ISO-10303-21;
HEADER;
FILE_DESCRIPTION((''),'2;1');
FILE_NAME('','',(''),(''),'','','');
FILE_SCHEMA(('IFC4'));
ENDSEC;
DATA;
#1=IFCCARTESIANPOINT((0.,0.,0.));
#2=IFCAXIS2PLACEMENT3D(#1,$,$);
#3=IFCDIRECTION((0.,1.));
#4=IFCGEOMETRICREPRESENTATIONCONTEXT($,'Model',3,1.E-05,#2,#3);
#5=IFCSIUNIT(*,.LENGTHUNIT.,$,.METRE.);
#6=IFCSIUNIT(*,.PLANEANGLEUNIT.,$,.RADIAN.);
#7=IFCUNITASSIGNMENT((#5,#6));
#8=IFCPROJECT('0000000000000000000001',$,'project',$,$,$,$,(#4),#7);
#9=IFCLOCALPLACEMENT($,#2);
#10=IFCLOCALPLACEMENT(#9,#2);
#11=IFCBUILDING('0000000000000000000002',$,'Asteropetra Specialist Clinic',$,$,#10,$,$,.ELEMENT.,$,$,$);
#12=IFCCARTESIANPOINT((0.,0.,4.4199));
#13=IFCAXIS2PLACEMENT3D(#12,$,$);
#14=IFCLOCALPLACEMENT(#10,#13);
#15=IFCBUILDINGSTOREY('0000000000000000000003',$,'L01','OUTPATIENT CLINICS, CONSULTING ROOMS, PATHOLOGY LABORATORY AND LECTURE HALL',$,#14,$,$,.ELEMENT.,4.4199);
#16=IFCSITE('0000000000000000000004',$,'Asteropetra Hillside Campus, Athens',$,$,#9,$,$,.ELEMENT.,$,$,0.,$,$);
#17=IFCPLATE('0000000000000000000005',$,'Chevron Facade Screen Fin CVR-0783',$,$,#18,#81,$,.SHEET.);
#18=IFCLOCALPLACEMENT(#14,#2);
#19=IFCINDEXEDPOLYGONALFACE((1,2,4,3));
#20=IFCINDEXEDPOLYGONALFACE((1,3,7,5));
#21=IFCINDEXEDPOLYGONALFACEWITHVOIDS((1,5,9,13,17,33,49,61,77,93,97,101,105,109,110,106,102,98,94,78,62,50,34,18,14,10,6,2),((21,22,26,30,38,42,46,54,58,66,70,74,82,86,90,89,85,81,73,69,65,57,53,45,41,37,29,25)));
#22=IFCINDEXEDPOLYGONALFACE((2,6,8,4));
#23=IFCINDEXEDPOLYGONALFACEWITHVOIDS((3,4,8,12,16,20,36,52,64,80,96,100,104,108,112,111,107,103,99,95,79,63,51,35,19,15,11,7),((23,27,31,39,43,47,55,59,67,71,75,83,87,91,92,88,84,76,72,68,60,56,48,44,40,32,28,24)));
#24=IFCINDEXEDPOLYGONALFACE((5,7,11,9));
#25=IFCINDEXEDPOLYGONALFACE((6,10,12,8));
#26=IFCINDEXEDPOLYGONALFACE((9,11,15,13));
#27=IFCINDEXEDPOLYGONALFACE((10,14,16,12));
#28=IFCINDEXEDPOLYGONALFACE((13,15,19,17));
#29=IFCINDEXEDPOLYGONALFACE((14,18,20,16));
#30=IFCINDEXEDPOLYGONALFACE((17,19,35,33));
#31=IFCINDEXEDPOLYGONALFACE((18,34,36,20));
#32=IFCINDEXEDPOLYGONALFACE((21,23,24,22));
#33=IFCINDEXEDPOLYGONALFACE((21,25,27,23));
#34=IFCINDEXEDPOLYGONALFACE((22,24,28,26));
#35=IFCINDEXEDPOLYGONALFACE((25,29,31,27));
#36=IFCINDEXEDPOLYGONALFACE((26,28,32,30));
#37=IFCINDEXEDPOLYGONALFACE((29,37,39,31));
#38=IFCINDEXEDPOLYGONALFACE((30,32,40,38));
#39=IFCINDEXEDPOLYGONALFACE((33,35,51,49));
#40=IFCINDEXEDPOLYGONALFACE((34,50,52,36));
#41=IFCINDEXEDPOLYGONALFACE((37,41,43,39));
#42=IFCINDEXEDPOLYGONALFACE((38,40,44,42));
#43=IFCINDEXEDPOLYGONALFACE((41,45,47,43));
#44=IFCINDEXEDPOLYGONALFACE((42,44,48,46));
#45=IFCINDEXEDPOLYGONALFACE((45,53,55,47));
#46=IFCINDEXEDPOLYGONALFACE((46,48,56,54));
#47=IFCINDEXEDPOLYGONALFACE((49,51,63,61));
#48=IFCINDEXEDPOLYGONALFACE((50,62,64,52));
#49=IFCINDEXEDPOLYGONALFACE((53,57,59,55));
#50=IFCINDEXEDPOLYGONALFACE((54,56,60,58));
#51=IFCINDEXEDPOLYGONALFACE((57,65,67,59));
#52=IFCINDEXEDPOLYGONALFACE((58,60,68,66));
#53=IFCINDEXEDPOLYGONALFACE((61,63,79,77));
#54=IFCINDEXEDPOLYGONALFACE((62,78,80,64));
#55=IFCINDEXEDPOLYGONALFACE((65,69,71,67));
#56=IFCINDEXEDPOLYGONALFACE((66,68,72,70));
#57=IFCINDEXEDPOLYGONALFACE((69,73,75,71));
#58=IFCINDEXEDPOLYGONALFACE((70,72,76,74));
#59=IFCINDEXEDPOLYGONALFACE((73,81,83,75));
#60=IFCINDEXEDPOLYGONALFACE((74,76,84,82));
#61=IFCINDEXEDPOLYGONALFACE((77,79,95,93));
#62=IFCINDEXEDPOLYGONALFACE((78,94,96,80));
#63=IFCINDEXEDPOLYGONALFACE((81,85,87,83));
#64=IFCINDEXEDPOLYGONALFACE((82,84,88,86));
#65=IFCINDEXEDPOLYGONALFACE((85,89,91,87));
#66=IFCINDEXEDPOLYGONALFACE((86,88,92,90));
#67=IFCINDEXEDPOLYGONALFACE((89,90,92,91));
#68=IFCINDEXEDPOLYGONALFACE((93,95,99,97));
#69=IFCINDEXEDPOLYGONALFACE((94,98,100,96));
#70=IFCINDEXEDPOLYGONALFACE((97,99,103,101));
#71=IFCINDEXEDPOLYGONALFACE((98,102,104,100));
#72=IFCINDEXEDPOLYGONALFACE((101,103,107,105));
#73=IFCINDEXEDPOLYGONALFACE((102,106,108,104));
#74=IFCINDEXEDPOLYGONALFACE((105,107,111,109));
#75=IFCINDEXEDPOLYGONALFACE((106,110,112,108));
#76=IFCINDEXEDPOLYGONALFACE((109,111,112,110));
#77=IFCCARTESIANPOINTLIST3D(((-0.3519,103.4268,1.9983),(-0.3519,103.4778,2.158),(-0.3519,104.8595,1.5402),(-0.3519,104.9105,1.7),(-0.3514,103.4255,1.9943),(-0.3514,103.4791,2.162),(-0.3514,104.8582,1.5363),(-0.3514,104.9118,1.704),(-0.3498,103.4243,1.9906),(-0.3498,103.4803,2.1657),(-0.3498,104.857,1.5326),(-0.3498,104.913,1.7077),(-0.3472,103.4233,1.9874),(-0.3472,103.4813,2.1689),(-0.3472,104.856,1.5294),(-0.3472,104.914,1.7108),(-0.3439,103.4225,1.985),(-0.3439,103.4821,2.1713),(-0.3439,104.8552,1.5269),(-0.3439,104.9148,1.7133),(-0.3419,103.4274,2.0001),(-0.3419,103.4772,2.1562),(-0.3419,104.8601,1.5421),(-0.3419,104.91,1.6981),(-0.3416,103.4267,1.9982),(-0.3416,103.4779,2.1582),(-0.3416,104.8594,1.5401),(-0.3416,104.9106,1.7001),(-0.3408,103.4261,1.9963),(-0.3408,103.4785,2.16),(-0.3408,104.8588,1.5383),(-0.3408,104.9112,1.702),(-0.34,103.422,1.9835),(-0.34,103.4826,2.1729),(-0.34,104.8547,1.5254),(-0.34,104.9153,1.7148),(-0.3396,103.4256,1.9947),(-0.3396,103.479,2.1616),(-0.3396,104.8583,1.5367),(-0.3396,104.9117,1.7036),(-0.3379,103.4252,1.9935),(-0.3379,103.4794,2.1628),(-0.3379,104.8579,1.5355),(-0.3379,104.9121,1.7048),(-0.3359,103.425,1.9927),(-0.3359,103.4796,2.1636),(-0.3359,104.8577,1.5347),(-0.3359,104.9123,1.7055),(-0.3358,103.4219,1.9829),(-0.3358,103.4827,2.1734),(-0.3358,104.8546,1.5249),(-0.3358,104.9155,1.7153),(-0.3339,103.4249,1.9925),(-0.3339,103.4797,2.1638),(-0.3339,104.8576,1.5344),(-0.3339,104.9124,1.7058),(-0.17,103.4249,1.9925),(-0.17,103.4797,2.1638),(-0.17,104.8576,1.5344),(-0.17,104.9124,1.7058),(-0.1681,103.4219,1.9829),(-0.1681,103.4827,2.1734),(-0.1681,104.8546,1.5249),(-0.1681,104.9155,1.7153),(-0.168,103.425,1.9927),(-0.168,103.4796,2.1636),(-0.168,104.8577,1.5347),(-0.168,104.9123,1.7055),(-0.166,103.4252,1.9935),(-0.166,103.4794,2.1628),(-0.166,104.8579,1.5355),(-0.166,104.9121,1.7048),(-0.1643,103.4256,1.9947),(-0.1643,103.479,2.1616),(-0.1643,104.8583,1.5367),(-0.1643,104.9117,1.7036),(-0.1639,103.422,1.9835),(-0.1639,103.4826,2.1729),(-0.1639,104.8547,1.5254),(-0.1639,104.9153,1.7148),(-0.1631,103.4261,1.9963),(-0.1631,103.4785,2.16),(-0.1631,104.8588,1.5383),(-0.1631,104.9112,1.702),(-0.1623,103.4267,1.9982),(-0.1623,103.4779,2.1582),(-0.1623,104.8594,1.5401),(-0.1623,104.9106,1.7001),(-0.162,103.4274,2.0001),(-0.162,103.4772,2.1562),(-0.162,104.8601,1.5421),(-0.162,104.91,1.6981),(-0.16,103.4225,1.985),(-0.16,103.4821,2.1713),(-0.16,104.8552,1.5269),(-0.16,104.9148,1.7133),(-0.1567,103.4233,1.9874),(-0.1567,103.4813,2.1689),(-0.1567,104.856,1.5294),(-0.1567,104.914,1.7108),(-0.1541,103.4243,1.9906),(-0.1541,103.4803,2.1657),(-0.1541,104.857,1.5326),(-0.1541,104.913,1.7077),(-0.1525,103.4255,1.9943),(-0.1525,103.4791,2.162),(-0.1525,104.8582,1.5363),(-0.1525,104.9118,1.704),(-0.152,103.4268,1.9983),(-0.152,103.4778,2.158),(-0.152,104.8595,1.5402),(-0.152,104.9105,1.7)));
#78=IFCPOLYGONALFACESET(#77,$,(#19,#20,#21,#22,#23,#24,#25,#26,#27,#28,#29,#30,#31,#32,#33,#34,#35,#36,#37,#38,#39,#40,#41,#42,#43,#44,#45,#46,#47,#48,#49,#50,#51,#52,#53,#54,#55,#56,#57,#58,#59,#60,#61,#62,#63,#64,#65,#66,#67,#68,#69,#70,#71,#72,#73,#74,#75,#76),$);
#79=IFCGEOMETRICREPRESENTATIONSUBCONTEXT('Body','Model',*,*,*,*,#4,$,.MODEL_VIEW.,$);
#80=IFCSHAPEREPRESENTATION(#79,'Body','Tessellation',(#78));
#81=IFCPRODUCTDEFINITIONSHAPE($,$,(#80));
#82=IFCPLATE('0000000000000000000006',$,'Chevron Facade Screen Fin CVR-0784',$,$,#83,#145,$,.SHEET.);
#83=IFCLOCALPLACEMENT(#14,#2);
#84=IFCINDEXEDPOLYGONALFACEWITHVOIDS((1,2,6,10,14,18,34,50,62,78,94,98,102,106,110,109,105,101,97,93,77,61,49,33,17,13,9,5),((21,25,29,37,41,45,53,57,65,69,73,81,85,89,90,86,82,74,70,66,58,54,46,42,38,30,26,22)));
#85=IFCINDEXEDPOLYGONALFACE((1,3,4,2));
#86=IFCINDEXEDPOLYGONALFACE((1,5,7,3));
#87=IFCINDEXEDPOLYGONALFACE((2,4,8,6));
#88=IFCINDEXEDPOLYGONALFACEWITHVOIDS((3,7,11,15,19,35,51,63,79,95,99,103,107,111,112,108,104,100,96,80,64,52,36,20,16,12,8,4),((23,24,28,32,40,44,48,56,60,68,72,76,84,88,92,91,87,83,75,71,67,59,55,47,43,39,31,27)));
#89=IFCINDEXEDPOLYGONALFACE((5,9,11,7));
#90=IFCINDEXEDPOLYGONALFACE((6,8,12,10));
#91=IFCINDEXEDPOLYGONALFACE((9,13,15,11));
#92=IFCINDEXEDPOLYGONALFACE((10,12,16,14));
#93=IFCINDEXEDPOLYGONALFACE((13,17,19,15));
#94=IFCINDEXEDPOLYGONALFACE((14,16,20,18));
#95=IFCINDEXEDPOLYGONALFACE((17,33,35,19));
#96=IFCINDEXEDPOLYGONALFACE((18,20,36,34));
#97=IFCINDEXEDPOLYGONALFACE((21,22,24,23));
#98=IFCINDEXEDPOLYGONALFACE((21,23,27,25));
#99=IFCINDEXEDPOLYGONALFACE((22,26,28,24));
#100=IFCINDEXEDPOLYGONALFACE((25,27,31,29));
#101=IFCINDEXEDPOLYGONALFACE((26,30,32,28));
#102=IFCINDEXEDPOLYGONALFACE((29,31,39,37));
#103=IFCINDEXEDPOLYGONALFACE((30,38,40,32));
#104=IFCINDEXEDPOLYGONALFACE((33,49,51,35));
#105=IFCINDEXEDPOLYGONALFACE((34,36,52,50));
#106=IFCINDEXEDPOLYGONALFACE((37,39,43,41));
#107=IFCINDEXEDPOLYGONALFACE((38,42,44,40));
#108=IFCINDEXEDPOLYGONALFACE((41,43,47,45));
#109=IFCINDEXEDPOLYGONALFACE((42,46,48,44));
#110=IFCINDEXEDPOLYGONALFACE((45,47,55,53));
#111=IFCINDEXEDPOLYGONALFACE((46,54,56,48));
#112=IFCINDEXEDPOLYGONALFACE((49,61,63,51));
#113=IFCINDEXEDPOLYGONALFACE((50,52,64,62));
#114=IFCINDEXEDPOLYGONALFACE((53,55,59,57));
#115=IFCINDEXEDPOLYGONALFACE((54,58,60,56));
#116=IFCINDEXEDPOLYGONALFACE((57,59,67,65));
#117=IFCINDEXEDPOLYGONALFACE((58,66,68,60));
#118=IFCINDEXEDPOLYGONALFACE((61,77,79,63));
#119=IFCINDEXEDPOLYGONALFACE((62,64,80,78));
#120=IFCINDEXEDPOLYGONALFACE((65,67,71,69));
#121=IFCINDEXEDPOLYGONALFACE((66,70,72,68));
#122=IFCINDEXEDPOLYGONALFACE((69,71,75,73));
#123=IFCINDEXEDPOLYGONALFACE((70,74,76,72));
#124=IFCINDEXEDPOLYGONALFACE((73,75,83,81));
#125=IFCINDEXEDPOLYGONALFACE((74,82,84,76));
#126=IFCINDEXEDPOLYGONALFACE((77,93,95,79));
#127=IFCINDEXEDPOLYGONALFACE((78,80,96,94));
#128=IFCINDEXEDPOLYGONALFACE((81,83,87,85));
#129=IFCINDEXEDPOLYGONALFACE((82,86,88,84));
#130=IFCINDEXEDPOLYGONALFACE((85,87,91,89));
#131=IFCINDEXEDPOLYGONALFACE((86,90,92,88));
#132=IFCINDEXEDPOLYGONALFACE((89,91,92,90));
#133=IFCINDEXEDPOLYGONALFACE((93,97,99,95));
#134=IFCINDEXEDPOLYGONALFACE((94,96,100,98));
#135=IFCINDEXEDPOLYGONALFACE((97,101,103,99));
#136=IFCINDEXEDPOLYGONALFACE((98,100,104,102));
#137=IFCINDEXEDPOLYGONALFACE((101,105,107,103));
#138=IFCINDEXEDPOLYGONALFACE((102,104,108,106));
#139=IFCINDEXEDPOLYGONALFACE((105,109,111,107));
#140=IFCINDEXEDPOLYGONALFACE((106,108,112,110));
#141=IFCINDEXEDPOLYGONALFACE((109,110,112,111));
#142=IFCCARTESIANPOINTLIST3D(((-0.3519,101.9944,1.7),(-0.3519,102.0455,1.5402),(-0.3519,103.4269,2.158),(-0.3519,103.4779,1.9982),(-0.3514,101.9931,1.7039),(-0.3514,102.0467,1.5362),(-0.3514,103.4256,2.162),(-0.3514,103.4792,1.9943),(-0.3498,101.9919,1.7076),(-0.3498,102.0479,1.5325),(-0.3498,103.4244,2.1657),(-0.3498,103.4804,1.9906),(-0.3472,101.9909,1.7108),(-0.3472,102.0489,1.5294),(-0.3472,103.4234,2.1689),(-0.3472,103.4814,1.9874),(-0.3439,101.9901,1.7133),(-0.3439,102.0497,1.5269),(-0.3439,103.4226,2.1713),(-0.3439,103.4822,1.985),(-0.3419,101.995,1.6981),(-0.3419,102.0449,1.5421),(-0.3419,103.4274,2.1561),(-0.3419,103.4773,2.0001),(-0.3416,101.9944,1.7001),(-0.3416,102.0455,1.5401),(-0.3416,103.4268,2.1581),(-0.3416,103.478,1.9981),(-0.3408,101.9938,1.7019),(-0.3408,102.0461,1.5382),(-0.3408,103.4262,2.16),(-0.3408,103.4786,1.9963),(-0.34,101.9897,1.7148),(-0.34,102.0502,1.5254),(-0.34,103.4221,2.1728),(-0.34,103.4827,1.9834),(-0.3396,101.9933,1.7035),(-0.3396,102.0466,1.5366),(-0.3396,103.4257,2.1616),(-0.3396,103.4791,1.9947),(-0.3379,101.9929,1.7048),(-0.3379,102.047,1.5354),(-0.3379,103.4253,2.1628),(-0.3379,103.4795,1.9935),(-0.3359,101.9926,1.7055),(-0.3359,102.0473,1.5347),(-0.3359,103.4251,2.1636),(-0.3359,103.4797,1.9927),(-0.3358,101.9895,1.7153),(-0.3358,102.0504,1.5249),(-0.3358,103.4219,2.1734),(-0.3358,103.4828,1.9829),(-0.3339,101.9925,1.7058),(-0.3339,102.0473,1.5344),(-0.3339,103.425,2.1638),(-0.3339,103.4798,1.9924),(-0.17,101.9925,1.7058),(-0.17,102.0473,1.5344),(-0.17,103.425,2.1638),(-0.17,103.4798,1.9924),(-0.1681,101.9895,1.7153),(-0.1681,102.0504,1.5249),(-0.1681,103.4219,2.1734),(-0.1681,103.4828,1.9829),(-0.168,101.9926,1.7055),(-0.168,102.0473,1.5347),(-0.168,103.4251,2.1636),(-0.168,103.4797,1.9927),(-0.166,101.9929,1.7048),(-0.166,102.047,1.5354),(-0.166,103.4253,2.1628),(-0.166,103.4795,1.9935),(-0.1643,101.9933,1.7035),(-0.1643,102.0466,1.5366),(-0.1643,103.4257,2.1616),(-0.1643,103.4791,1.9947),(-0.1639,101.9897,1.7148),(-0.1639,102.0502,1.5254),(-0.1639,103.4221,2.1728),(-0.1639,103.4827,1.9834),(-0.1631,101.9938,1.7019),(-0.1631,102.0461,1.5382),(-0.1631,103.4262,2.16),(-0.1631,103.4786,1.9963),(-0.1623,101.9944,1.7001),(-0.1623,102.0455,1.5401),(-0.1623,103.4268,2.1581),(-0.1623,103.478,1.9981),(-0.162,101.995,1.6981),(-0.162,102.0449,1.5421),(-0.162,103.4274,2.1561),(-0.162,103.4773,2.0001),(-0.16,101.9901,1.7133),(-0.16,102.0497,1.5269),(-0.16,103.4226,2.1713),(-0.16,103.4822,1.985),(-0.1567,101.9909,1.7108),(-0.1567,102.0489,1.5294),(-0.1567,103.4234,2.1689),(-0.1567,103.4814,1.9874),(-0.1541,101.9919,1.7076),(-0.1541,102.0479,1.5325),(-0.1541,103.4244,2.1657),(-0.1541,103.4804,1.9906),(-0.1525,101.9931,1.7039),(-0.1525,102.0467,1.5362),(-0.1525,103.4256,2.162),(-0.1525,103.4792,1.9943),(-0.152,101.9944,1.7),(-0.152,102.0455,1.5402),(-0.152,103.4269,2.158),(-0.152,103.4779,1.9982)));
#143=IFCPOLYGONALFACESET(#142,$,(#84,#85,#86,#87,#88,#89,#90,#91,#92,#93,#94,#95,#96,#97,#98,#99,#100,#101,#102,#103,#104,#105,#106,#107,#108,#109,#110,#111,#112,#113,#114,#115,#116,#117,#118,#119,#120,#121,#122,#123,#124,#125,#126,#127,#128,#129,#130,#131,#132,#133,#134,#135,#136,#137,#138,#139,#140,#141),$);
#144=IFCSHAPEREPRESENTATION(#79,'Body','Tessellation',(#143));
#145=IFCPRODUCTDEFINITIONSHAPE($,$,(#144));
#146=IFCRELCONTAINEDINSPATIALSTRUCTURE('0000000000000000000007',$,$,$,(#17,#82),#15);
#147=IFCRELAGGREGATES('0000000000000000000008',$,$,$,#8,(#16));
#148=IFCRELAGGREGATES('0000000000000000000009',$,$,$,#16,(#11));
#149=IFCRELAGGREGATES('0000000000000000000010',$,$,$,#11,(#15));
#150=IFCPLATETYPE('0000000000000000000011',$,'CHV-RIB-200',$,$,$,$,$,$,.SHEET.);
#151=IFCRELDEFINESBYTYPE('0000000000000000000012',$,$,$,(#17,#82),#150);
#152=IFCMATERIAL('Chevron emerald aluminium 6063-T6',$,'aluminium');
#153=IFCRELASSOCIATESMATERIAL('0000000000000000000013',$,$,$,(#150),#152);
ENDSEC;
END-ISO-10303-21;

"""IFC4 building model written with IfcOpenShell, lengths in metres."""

from ifc_helpers import new_model, si_unit, direction, frame, origin, origin_2d, place, context, subcontext, project, spatial, hollow_rectangle, extrude, material, material_profile, profile_set, type_object, element, save


model = new_model("IFC4")

# Units and contexts
model_context = context("Model", 3, precision=1e-05, world=origin(), true_north=direction((0.0, 1.0)))
body_context = subcontext(model_context, "Body", "Model", "MODEL_VIEW")
ifc_project = project(units=[si_unit("LENGTHUNIT", "METRE"), si_unit("PLANEANGLEUNIT", "RADIAN")], contexts=[model_context])

# Site, building, storey
site_placement = place(None, origin())
site = spatial("IfcSite", under=ifc_project, at=site_placement, Name="Asteropetra Hillside Campus, Athens", CompositionType="ELEMENT", RefElevation=0.0)
building_placement = place(site_placement, origin())
building = spatial("IfcBuilding", under=site, at=building_placement, Name="Asteropetra Specialist Clinic", CompositionType="ELEMENT")
storey_placement = place(building_placement, frame((0.0, 0.0, 4.4199)))
storey = spatial("IfcBuildingStorey", under=building, at=storey_placement, Name="L01", Description="OUTPATIENT CLINICS, CONSULTING ROOMS, PATHOLOGY LABORATORY AND LECTURE HALL", CompositionType="ELEMENT", Elevation=4.4199)

# Plates
ifc_material_1 = material(Name="Chevron emerald aluminium 6063-T6", Category="aluminium")
ifc_material_profile = material_profile(ifc_material_1, hollow_rectangle(XDim=0.2, YDim=0.2, WallThickness=0.01, InnerFilletRadius=0.0081, OuterFilletRadius=0.0161, at=origin_2d()), Name="SHS 200x200x10.0")
ifc_profile_set = profile_set([ifc_material_profile], Name="Chevron emerald aluminium 6063-T6")
plate_type = type_object("IfcPlateType", Name="CHV-RIB-200", PredefinedType="SHEET", material=ifc_profile_set)
plate_1_placement = place(storey_placement, frame((-0.252, 104.885, 1.6201), z_axis=(0.0, -0.952507, 0.304517), x_axis=(1.0, 0.0, 0.0)))
element("IfcPlate", 1, at=plate_1_placement, inside=storey, type_object=plate_type, Name="Chevron Facade Screen Fin CVR-0783", PredefinedType="SHEET", context=body_context, shape_type="SweptSolid", body=[
    extrude(hollow_rectangle(XDim=0.2, YDim=0.2, WallThickness=0.01, InnerFilletRadius=0.0081, OuterFilletRadius=0.0161, at=origin_2d()), origin(), (0.0, 0.0, 1.0), 1.5042),
])
plate_2_placement = place(storey_placement, frame((-0.252, 103.4524, 2.0781), z_axis=(0.0, -0.952492, -0.304564), x_axis=(1.0, 0.0, 0.0)))
element("IfcPlate", 2, at=plate_2_placement, inside=storey, type_object=plate_type, Name="Chevron Facade Screen Fin CVR-0784", PredefinedType="SHEET", context=body_context, shape_type="SweptSolid", body=[
    extrude(hollow_rectangle(XDim=0.2, YDim=0.2, WallThickness=0.01, InnerFilletRadius=0.0081, OuterFilletRadius=0.0161, at=origin_2d()), origin(), (0.0, 0.0, 1.0), 1.5039),
])

save(model, "model.ifc")
